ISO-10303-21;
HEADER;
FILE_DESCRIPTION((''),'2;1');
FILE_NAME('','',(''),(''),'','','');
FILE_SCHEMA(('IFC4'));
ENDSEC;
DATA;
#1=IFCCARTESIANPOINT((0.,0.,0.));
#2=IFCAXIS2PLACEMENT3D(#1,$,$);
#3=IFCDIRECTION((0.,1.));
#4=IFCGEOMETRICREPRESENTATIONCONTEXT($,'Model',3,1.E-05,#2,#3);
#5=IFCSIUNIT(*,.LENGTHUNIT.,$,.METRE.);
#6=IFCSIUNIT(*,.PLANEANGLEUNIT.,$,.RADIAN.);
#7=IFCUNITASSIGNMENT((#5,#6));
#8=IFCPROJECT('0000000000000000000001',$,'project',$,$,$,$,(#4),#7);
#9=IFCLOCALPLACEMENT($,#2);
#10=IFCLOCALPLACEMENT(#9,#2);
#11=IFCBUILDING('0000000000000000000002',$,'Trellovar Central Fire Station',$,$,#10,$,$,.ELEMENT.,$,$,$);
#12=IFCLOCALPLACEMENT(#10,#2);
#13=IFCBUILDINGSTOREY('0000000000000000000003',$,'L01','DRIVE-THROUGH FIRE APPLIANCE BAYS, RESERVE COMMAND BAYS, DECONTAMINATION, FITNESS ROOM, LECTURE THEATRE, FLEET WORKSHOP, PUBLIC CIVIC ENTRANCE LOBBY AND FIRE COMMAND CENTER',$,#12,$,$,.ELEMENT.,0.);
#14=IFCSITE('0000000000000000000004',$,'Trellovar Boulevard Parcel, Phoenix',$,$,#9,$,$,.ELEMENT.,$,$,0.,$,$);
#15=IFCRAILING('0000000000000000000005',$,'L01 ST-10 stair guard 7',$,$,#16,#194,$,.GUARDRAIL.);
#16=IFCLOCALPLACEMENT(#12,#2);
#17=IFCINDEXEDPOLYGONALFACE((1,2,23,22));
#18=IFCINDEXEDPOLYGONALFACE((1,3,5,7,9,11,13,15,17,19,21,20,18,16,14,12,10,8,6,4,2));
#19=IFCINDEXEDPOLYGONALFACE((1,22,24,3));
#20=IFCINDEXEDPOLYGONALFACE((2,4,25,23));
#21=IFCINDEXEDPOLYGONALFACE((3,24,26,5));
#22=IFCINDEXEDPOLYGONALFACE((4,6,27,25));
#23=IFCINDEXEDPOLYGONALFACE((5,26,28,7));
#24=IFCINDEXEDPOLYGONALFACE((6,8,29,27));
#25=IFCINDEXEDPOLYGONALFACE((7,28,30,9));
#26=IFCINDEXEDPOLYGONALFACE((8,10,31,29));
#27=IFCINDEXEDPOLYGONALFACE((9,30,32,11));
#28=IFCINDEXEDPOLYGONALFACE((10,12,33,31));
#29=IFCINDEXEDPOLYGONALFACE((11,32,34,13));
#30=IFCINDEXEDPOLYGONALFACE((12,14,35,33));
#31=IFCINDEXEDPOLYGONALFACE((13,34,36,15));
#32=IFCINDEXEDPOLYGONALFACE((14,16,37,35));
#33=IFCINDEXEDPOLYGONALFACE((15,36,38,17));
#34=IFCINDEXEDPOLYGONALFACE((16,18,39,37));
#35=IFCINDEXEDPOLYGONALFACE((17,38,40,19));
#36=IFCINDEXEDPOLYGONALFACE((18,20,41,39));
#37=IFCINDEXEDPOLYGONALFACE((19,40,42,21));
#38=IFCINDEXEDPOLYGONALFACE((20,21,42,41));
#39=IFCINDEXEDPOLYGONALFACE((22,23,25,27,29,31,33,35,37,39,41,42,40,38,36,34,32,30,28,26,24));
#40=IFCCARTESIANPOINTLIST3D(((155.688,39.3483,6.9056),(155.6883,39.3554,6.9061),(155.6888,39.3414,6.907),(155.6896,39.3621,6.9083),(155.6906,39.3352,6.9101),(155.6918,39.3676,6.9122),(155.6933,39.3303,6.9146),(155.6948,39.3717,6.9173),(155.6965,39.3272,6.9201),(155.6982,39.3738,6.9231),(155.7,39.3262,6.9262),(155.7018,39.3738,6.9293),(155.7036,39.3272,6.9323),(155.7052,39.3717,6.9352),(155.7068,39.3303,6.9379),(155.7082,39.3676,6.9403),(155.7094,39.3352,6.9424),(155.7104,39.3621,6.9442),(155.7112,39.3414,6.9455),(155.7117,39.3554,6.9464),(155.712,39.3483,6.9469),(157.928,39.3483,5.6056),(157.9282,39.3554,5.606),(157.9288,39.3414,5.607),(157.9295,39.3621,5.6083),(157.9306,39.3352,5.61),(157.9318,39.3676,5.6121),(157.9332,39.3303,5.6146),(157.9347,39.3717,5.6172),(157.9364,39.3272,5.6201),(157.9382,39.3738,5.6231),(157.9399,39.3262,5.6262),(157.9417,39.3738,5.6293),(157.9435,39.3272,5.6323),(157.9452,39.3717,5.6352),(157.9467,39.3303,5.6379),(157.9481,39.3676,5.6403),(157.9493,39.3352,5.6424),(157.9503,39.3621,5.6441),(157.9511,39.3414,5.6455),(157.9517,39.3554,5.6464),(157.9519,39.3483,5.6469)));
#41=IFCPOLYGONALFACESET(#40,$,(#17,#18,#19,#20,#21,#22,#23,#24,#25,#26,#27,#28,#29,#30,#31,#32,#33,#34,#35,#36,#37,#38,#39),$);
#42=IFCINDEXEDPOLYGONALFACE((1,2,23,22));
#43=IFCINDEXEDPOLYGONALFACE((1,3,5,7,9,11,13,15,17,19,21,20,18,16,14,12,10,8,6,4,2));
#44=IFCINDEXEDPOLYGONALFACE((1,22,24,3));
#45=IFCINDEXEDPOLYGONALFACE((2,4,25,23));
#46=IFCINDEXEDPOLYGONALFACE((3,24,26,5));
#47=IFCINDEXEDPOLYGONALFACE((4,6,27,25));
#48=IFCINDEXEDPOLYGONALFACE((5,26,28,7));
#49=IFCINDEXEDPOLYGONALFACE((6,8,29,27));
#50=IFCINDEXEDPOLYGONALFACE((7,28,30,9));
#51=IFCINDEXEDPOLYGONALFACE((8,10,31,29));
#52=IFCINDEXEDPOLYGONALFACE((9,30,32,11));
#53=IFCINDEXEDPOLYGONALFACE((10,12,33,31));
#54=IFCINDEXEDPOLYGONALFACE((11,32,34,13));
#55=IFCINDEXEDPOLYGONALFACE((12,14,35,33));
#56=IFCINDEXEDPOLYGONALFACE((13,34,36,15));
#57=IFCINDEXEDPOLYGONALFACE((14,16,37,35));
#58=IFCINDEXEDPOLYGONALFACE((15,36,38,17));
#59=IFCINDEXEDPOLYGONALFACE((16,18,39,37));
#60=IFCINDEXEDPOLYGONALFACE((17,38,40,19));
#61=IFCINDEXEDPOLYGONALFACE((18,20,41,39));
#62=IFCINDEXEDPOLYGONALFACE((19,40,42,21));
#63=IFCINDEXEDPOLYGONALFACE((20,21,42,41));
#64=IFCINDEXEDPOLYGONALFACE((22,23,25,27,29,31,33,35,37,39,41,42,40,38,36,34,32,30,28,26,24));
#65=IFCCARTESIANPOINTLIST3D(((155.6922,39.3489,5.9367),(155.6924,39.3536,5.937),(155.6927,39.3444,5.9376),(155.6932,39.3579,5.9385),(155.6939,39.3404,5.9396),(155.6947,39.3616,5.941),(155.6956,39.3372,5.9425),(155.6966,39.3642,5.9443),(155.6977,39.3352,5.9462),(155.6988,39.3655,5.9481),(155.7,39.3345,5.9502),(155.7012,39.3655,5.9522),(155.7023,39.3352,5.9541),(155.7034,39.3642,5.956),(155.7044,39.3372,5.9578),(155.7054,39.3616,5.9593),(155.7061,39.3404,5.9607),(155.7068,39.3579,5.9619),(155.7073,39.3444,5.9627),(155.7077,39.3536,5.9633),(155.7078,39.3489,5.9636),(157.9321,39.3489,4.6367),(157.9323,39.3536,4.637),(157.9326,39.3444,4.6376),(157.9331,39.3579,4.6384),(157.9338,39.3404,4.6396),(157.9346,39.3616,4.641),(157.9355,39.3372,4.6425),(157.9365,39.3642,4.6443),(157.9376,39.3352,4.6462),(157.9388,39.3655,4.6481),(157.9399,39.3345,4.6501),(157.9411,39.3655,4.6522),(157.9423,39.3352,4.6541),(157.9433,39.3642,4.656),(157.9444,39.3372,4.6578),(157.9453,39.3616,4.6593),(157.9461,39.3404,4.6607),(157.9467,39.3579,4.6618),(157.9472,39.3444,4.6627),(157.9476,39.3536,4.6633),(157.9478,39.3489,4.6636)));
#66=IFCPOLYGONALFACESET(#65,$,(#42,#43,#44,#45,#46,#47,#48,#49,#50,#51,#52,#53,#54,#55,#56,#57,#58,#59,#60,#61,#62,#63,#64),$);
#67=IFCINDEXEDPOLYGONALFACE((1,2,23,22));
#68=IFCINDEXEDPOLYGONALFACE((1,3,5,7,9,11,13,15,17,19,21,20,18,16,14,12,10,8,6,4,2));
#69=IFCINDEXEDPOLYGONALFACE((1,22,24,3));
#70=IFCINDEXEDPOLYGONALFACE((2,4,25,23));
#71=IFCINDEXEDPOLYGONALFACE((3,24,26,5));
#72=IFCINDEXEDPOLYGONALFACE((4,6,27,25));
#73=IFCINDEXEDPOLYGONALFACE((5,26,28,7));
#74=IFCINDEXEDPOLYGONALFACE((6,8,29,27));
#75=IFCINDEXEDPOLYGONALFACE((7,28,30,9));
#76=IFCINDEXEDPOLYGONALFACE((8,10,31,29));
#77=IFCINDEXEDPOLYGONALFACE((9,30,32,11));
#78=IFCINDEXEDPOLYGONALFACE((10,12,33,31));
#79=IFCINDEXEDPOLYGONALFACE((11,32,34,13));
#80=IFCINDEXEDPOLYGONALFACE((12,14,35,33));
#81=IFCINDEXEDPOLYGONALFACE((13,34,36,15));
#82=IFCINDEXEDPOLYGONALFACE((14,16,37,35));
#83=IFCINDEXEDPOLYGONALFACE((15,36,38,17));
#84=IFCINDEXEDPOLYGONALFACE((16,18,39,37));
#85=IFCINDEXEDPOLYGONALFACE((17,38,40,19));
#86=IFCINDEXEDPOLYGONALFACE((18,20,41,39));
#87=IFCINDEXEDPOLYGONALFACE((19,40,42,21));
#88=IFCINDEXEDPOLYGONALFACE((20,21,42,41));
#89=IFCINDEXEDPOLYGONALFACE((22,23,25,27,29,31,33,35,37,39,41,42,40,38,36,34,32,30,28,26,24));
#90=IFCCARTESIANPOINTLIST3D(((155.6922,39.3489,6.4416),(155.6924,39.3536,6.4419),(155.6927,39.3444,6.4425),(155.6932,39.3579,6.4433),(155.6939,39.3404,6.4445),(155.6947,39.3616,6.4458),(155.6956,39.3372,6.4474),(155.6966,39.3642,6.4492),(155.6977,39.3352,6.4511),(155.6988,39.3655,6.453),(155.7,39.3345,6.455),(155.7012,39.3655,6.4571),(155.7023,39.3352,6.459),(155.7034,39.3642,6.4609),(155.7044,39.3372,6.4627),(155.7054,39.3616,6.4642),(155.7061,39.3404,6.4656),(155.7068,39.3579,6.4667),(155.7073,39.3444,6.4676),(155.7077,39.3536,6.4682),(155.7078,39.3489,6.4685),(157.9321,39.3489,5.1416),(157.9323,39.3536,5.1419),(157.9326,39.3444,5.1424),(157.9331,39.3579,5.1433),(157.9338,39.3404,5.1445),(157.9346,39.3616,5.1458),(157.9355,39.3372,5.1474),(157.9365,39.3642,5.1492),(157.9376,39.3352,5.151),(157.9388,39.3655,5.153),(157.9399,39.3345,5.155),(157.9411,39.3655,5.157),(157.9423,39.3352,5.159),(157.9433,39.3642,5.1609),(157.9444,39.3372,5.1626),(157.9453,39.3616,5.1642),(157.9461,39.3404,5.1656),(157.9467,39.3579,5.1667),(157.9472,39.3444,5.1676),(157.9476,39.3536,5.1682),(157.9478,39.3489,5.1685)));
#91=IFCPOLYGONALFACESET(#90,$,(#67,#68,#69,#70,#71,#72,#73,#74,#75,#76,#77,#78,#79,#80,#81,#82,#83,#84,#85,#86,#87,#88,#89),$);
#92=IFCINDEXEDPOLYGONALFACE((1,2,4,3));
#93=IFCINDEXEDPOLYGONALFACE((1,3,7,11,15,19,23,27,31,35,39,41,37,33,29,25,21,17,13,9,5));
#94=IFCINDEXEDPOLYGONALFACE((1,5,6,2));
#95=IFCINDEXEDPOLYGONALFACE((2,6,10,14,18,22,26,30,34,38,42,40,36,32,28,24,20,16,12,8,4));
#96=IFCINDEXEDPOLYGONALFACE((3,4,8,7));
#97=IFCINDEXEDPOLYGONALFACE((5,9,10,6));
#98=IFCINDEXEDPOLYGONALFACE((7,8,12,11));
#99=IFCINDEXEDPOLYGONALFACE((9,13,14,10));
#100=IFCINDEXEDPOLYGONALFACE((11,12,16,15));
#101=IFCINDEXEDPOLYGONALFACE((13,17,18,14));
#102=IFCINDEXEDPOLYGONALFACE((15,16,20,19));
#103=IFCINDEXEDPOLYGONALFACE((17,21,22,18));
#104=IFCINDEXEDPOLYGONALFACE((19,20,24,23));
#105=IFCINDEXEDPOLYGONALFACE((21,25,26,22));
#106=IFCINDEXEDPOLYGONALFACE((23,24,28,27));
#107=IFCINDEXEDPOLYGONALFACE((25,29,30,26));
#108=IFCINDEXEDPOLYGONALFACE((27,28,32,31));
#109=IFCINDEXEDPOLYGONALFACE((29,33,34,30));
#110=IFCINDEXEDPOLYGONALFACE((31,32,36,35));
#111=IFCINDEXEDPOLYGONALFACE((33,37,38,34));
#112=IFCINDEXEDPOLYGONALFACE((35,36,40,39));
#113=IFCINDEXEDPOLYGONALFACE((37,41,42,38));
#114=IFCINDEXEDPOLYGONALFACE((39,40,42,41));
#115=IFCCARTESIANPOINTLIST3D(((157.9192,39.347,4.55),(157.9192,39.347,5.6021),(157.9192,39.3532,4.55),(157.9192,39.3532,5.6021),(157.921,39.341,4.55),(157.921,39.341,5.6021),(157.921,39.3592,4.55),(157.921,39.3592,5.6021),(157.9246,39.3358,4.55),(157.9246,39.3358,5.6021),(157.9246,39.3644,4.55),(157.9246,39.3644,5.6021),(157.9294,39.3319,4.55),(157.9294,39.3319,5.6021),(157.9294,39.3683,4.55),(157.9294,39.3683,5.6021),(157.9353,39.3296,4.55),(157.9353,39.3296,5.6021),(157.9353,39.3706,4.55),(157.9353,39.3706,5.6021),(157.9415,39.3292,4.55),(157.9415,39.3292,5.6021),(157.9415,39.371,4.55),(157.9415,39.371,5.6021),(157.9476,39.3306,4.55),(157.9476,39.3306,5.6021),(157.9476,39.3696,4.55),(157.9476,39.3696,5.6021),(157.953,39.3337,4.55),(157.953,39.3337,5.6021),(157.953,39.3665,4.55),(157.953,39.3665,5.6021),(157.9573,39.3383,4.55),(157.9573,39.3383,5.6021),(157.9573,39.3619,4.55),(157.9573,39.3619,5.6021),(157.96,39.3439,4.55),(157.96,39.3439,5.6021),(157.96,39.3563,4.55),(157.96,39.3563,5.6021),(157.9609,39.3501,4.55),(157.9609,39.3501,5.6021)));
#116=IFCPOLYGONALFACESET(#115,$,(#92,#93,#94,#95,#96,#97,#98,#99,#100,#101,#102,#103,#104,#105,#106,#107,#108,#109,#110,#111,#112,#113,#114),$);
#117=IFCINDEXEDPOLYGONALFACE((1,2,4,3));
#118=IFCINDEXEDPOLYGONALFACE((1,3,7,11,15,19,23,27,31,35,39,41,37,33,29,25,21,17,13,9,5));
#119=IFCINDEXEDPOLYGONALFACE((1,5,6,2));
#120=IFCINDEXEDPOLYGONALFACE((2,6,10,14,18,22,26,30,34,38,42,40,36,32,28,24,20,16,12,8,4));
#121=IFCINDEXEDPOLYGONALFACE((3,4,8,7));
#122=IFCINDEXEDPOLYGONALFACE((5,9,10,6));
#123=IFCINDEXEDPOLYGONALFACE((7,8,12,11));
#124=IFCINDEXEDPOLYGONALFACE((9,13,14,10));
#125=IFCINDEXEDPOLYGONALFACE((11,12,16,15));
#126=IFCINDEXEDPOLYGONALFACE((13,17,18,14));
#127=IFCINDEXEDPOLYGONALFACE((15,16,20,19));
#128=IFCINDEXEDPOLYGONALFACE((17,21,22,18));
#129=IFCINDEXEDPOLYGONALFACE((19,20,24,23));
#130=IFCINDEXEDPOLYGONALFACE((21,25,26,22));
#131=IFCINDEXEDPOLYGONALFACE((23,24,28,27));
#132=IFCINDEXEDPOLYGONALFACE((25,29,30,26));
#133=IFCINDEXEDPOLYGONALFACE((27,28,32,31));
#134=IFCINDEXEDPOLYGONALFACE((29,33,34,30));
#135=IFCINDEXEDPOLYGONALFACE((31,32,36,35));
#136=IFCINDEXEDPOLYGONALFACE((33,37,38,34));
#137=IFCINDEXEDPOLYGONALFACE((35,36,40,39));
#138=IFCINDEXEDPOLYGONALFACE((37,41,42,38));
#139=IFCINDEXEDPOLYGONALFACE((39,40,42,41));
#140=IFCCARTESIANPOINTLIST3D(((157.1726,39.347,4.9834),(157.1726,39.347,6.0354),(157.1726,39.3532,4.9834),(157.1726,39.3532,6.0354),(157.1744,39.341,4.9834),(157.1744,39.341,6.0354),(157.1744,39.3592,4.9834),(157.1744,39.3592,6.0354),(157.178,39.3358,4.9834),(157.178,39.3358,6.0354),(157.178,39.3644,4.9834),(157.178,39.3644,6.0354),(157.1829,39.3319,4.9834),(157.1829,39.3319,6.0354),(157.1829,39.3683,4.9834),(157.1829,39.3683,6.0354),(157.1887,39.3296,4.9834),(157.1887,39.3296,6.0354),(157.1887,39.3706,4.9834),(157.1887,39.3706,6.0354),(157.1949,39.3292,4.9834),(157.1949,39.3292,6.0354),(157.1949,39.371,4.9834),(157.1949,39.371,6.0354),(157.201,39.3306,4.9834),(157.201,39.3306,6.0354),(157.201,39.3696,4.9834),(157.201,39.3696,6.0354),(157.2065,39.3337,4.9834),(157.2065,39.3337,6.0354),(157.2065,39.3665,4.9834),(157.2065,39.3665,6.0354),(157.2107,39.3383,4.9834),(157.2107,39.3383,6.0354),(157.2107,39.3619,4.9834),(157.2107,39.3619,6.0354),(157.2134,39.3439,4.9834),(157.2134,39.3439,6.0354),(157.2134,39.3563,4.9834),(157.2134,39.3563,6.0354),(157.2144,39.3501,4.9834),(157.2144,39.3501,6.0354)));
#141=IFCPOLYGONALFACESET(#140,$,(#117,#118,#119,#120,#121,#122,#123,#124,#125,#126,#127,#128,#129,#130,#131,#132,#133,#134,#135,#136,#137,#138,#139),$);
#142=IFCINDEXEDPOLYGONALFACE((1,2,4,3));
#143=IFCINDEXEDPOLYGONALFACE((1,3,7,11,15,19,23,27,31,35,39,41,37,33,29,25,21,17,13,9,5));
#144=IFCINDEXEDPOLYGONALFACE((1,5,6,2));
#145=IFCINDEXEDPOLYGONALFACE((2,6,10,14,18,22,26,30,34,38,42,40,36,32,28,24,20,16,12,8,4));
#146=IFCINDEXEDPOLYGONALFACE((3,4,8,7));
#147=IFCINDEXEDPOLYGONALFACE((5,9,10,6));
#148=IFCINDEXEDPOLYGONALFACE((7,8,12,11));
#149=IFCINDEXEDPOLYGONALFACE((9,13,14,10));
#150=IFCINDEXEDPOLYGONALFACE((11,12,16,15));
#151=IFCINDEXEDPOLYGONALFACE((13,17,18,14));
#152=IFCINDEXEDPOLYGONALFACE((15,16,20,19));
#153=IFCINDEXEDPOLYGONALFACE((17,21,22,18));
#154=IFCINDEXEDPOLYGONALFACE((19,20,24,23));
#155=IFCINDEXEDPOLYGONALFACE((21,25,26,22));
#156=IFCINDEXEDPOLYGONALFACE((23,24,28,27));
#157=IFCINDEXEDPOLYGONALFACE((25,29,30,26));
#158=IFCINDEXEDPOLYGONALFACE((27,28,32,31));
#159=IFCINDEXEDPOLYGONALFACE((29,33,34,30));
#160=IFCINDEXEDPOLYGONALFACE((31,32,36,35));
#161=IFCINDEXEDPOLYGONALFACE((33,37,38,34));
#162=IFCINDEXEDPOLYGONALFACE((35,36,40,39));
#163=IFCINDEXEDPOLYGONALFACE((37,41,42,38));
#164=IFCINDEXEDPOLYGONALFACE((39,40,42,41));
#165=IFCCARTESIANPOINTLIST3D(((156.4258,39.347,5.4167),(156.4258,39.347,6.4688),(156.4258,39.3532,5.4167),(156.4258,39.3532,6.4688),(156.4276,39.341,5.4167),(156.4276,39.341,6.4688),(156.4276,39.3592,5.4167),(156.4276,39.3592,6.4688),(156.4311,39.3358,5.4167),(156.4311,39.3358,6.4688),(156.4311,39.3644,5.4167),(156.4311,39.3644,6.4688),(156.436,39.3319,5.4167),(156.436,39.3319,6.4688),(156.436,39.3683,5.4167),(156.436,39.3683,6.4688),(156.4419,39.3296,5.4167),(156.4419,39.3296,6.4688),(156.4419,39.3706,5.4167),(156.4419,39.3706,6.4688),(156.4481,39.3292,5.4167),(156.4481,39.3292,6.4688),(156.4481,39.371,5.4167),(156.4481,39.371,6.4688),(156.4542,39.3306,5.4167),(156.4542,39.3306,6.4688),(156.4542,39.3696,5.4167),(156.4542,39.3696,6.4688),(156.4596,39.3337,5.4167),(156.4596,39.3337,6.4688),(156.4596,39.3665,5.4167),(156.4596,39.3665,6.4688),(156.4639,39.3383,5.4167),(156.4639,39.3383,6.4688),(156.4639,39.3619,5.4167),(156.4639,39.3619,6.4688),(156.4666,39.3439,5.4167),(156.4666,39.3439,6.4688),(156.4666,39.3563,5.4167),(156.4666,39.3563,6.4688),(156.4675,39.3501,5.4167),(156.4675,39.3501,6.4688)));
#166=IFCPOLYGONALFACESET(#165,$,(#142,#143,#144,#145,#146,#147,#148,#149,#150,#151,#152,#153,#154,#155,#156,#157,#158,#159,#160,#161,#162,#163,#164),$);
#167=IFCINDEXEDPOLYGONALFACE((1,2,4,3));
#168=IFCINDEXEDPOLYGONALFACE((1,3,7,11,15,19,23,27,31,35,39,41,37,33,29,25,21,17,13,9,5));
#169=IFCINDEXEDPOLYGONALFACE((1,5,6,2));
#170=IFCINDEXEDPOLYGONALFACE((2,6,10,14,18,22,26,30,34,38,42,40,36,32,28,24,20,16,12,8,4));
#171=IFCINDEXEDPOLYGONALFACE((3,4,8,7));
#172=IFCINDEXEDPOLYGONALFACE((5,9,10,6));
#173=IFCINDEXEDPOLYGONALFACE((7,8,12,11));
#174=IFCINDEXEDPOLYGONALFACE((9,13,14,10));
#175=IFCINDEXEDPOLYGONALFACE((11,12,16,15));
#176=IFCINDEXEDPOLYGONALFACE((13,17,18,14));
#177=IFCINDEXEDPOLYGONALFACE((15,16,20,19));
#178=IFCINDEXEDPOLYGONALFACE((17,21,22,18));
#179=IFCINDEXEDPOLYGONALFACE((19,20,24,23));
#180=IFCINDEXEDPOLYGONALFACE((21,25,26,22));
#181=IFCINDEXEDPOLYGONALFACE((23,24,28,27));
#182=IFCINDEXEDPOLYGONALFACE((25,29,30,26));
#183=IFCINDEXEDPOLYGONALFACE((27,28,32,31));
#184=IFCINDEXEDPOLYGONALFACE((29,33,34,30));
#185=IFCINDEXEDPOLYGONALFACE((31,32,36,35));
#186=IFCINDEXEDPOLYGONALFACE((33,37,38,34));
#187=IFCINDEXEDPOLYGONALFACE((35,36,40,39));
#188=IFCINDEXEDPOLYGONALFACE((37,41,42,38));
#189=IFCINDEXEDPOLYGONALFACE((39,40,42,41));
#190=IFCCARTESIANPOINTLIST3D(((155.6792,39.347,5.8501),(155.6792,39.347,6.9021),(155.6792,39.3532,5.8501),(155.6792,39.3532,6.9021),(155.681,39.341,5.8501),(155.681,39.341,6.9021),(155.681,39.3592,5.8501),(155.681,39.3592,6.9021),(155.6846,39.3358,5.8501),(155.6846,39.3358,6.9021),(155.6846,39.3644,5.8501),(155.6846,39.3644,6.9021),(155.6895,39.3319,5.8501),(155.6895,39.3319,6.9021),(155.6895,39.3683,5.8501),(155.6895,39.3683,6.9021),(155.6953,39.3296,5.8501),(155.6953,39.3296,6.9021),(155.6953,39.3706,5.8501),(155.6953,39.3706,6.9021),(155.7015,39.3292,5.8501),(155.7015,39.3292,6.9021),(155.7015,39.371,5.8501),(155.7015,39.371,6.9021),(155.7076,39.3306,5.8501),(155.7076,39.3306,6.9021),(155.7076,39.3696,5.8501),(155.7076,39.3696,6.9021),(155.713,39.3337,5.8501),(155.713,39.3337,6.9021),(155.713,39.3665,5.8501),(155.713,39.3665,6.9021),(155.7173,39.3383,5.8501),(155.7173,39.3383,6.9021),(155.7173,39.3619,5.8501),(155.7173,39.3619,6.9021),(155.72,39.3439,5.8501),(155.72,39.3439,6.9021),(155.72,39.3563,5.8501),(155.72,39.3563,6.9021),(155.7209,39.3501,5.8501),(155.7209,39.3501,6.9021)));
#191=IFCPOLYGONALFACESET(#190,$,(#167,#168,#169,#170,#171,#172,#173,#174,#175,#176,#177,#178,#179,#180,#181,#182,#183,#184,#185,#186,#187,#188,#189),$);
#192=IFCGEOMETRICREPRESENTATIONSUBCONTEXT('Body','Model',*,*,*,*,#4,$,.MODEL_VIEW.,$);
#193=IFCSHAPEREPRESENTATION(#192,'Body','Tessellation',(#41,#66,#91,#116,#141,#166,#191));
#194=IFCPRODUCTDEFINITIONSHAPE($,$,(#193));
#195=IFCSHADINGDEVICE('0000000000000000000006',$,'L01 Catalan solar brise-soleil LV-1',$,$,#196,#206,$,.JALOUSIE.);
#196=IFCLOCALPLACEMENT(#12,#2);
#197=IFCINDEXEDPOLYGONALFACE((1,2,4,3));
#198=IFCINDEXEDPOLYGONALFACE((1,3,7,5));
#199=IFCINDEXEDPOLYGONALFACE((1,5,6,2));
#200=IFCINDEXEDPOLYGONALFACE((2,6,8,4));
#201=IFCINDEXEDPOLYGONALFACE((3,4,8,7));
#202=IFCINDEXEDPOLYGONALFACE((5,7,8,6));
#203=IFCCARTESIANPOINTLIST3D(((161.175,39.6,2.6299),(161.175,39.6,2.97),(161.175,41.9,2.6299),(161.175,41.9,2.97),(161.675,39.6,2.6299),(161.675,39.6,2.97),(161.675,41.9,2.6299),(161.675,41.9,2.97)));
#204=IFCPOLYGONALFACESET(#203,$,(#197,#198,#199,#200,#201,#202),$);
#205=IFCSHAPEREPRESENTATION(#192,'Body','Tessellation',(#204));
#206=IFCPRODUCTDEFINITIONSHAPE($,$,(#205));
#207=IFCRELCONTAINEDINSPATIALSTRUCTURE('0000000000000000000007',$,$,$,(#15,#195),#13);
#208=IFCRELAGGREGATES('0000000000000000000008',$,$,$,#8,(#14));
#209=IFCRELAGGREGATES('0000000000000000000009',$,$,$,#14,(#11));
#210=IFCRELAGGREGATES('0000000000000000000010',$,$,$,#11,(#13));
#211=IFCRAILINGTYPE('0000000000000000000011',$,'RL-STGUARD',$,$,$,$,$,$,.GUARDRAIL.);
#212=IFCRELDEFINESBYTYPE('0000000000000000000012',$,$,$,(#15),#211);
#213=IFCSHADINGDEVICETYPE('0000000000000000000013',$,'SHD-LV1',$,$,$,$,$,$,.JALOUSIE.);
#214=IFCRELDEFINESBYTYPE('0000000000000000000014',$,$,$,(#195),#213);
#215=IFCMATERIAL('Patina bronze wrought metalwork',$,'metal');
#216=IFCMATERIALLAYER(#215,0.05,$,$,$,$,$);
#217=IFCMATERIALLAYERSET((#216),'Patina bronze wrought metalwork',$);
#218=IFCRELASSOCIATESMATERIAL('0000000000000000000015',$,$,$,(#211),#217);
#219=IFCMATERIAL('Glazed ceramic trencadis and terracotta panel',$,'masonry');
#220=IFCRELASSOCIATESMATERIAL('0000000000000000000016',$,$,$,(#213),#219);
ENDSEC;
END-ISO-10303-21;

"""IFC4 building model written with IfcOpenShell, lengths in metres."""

from ifc_helpers import new_model, si_unit, direction, frame, origin, origin_2d, place, context, subcontext, project, spatial, rectangle, circle, extrude, material, layer, layer_set, type_object, element, save


model = new_model("IFC4")

# Units and contexts
model_context = context("Model", 3, precision=1e-05, world=origin(), true_north=direction((0.0, 1.0)))
body_context = subcontext(model_context, "Body", "Model", "MODEL_VIEW")
ifc_project = project(units=[si_unit("LENGTHUNIT", "METRE"), si_unit("PLANEANGLEUNIT", "RADIAN")], contexts=[model_context])

# Site, building, storey
site_placement = place(None, origin())
site = spatial("IfcSite", under=ifc_project, at=site_placement, Name="Trellovar Boulevard Parcel, Phoenix", CompositionType="ELEMENT", RefElevation=0.0)
building_placement = place(site_placement, origin())
building = spatial("IfcBuilding", under=site, at=building_placement, Name="Trellovar Central Fire Station", CompositionType="ELEMENT")
storey_placement = place(building_placement, origin())
storey = spatial("IfcBuildingStorey", under=building, at=storey_placement, Name="L01", Description="DRIVE-THROUGH FIRE APPLIANCE BAYS, RESERVE COMMAND BAYS, DECONTAMINATION, FITNESS ROOM, LECTURE THEATRE, FLEET WORKSHOP, PUBLIC CIVIC ENTRANCE LOBBY AND FIRE COMMAND CENTER", CompositionType="ELEMENT", Elevation=0.0)

# Railing
ifc_material_1 = material(Name="Patina bronze wrought metalwork", Category="metal")
ifc_layer_1 = layer(ifc_material_1, 0.05)
ifc_layer_set_1 = layer_set([ifc_layer_1], Name="Patina bronze wrought metalwork")
railing_type_1 = type_object("IfcRailingType", Name="RL-STGUARD", PredefinedType="GUARDRAIL", material=ifc_layer_set_1)
for number, where, name in (
    (1, (157.9399, 39.3501, 4.55), "L01 ST-10 stair guard 7"),
):
    element("IfcRailing", number, at=place(storey_placement, frame(where)), inside=storey, type_object=railing_type_1, Name=name, PredefinedType="GUARDRAIL", context=body_context, shape_type="SweptSolid", body=[
        extrude(circle(Radius=0.0239, at=origin_2d()), frame((0.0, 0.0, 1.0762), z_axis=(-0.864888, 0.0, 0.501965), x_axis=(0.0, -1.0, 0.0)), (0.0, 0.0, 1.0), 2.5898),
        extrude(circle(Radius=0.0156, at=origin_2d()), frame((0.0, 0.0, 0.1001), z_axis=(-0.864888, 0.0, 0.501965), x_axis=(0.0, -1.0, 0.0)), (0.0, 0.0, 1.0), 2.5898),
        extrude(circle(Radius=0.0156, at=origin_2d()), frame((0.0, 0.0, 0.605), z_axis=(-0.864888, 0.0, 0.501965), x_axis=(0.0, -1.0, 0.0)), (0.0, 0.0, 1.0), 2.5898),
        extrude(circle(Radius=0.021, at=origin_2d()), origin(), (0.0, 0.0, 1.0), 1.052),
        extrude(circle(Radius=0.021, at=origin_2d()), frame((-0.7466, 0.0, 0.4333)), (0.0, 0.0, 1.0), 1.052),
        extrude(circle(Radius=0.021, at=origin_2d()), frame((-1.4934, 0.0, 0.8667)), (0.0, 0.0, 1.0), 1.052),
        extrude(circle(Radius=0.021, at=origin_2d()), frame((-2.24, 0.0, 1.3)), (0.0, 0.0, 1.0), 1.052),
    ])

# Shading device
ifc_material_2 = material(Name="Glazed ceramic trencadis and terracotta panel", Category="masonry")
shading_device_type = type_object("IfcShadingDeviceType", Name="SHD-LV1", PredefinedType="JALOUSIE", material=ifc_material_2)
shading_device_placement = place(storey_placement, frame((161.425, 40.75, 2.6299), z_axis=(0.0, 0.0, 1.0), x_axis=(0.0, 1.0, 0.0)))
element("IfcShadingDevice", 2, at=shading_device_placement, inside=storey, type_object=shading_device_type, Name="L01 Catalan solar brise-soleil LV-1", PredefinedType="JALOUSIE", context=body_context, shape_type="SweptSolid", body=[
    extrude(rectangle(XDim=2.3, YDim=0.5, at=origin_2d()), origin(), (0.0, 0.0, 1.0), 0.3401),
])

save(model, "model.ifc")
